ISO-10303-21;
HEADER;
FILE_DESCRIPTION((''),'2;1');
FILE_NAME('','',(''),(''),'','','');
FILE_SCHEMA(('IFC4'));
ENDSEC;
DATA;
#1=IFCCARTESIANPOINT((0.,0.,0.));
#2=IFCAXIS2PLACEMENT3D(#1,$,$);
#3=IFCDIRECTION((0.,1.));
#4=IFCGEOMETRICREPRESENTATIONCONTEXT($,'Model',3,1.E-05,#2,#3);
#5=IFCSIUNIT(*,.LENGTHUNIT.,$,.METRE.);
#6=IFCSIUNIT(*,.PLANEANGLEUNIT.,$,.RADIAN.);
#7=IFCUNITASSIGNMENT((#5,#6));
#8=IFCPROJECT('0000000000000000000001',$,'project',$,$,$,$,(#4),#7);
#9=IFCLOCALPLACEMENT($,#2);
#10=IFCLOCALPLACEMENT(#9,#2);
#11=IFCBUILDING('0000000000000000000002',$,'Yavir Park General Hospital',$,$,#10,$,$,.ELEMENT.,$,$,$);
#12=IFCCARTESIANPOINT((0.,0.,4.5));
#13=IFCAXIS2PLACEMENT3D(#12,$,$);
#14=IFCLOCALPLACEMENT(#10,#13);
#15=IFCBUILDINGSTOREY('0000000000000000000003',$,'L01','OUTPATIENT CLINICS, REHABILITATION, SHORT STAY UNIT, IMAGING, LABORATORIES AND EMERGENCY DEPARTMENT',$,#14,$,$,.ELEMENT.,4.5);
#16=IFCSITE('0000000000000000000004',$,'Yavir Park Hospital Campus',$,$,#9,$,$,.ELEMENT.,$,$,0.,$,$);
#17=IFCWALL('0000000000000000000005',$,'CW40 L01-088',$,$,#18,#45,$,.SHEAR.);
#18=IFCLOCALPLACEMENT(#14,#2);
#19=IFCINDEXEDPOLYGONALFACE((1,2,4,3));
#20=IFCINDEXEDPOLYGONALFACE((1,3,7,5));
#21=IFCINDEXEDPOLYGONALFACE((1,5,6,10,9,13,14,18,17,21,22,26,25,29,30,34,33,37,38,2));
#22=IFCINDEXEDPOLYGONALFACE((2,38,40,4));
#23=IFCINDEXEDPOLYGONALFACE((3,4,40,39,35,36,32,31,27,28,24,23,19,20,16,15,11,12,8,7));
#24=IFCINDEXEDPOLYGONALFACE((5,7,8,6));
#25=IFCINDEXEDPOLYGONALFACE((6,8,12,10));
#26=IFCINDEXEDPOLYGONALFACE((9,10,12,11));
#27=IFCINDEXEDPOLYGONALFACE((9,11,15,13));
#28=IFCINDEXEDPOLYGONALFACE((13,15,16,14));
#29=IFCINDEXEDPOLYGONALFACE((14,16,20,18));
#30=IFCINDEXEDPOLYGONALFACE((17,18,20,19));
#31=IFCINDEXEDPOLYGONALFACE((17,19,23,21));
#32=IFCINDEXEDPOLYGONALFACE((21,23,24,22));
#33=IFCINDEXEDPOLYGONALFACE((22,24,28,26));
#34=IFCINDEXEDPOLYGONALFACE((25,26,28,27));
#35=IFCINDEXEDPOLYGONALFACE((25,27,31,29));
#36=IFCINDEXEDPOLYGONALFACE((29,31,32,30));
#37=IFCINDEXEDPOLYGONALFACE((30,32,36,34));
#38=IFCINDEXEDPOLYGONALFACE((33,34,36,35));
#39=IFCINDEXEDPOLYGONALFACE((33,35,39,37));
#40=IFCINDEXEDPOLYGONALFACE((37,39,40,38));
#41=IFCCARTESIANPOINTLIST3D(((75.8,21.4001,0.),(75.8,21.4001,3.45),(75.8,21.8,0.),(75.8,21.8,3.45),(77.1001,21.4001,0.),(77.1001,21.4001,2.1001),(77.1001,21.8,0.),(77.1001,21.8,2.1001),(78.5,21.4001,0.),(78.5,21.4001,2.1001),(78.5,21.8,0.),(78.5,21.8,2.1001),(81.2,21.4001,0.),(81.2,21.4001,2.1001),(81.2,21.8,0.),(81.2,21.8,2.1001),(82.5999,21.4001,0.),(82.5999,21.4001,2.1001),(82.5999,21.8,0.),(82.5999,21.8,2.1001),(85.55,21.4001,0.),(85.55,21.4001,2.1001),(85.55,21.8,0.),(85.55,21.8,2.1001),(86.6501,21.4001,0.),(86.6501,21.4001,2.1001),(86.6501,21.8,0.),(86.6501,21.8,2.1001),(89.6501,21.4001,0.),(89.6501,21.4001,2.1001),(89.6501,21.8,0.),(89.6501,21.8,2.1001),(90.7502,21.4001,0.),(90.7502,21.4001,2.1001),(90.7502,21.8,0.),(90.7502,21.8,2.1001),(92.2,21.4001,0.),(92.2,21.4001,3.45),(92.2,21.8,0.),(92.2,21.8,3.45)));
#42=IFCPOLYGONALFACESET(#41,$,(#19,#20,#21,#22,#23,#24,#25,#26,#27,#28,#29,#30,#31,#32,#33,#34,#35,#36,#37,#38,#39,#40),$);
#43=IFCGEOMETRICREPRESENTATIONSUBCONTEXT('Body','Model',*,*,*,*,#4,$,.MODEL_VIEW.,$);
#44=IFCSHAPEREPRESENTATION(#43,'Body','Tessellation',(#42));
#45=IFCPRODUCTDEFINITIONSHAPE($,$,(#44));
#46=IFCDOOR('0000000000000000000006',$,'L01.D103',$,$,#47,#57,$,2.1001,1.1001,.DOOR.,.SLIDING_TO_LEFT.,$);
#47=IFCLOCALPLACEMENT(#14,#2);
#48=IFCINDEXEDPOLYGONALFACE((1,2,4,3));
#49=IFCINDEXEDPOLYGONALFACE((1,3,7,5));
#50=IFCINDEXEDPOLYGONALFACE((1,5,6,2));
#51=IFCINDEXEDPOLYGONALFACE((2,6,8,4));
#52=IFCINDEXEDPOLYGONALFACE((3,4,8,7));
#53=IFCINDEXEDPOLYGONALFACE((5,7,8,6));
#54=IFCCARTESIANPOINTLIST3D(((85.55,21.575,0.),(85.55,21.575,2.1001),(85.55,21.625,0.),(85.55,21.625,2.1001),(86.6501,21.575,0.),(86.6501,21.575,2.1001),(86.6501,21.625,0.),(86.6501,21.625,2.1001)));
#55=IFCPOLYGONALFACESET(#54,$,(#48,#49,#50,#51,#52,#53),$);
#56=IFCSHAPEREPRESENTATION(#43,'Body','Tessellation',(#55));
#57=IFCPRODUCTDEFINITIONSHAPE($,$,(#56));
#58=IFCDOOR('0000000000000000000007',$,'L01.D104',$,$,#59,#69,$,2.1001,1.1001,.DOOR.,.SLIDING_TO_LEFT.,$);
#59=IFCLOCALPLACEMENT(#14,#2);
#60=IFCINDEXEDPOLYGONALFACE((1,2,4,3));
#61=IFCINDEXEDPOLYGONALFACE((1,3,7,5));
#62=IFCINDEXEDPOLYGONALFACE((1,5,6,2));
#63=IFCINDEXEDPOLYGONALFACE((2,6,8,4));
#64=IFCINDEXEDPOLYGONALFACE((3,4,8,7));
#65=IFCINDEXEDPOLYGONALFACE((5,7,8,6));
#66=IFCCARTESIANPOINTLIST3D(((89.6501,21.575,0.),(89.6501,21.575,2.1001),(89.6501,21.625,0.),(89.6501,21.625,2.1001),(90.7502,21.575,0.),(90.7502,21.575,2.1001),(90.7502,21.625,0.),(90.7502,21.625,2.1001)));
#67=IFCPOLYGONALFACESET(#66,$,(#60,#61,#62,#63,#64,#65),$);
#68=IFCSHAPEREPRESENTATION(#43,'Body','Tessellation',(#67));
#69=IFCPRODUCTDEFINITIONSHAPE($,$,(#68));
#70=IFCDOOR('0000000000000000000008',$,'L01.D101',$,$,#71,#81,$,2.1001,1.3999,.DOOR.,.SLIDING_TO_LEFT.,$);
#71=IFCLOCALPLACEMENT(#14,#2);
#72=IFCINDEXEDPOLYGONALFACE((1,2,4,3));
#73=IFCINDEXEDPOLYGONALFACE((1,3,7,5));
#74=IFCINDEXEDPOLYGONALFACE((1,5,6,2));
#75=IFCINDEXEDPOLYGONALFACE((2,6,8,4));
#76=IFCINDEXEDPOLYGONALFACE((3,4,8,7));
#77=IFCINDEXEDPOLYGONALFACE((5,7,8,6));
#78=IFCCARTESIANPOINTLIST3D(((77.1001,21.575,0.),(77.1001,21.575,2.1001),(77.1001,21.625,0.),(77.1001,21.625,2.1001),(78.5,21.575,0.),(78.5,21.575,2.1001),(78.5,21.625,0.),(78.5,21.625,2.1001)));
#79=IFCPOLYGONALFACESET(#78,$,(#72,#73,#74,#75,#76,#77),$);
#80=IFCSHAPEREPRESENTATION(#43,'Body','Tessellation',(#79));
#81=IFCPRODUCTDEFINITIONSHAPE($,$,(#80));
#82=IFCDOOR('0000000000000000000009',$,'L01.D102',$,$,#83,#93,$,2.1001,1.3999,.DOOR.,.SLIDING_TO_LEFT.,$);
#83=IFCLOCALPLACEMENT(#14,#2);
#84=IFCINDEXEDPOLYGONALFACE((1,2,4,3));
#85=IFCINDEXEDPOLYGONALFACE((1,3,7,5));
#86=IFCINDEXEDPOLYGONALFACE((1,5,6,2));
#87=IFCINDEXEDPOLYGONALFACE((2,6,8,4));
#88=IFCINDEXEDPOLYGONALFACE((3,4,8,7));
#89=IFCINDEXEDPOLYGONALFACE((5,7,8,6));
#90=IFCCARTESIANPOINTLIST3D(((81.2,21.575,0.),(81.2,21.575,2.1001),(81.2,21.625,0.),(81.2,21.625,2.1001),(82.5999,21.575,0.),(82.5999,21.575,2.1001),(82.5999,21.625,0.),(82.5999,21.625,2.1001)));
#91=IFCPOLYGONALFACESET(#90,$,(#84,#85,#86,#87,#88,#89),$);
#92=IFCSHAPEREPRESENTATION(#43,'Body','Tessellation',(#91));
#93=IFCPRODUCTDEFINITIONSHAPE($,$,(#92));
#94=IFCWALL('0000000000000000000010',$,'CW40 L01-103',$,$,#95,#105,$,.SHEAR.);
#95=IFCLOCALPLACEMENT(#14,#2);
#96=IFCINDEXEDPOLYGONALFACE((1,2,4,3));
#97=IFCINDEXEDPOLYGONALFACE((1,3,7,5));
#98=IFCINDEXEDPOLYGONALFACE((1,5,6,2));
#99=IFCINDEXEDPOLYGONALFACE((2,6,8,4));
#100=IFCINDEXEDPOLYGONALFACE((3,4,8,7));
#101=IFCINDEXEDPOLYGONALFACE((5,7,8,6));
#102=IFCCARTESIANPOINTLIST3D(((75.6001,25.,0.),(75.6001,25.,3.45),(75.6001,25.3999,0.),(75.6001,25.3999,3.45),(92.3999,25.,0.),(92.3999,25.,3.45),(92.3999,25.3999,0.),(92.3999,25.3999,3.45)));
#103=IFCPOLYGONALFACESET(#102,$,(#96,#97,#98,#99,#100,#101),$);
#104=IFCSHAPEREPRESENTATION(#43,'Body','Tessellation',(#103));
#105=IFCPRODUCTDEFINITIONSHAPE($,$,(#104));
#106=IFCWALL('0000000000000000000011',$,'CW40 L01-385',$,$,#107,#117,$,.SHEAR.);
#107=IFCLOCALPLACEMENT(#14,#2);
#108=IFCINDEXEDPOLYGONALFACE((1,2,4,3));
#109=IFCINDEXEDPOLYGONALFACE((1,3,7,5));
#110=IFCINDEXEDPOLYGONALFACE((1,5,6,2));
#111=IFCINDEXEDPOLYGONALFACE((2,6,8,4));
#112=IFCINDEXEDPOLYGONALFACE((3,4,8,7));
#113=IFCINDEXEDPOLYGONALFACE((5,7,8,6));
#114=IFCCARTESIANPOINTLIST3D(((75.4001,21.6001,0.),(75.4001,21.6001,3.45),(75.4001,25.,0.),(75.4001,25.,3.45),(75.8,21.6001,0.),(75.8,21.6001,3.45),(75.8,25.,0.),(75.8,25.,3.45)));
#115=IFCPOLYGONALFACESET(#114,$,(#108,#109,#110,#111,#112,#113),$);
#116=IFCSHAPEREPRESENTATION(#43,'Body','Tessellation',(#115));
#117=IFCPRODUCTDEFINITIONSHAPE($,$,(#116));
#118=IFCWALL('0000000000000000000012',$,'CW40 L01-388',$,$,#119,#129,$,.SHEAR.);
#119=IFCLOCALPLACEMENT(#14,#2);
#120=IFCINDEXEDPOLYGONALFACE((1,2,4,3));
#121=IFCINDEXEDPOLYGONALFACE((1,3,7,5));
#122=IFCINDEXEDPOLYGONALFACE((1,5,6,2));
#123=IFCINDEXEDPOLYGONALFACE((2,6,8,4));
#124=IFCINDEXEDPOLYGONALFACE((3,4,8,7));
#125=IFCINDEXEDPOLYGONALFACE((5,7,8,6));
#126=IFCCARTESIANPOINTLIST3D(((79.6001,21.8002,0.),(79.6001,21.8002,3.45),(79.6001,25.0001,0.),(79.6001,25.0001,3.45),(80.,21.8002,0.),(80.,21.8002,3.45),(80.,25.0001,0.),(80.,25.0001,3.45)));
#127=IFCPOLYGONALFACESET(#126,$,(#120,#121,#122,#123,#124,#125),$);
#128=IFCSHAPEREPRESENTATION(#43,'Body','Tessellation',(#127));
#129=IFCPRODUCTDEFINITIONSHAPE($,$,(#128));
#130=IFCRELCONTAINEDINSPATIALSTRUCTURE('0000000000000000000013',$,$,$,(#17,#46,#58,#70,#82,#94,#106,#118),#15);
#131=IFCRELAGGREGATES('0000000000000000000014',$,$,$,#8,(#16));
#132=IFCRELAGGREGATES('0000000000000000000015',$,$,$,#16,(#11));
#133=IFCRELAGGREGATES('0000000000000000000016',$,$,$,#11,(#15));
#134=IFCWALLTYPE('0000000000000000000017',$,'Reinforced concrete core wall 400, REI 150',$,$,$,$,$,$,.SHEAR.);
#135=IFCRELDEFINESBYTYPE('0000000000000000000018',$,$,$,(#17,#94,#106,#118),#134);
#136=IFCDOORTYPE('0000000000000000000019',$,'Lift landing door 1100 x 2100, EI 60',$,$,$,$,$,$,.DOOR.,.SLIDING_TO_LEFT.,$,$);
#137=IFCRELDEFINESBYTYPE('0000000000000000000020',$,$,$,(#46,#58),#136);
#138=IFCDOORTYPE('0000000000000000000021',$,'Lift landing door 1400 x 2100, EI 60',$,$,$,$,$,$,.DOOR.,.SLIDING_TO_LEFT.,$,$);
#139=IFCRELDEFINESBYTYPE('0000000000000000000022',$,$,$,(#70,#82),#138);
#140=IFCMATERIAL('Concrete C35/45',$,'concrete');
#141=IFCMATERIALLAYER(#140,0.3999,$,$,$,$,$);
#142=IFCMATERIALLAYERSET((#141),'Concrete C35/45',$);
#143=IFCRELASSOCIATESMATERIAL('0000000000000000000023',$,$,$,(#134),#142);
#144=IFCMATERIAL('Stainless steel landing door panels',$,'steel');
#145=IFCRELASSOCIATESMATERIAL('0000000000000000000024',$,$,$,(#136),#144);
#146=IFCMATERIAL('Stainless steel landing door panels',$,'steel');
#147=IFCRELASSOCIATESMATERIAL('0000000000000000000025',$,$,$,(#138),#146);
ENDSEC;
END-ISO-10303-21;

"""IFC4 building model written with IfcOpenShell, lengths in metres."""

from ifc_helpers import new_model, si_unit, direction, frame, frame_2d, origin, place, context, subcontext, project, spatial, rectangle, extrude, material, layer, layer_set, type_object, element, fill, save


model = new_model("IFC4")

# Units and contexts
model_context = context("Model", 3, precision=1e-05, world=origin(), true_north=direction((0.0, 1.0)))
body_context = subcontext(model_context, "Body", "Model", "MODEL_VIEW")
ifc_project = project(units=[si_unit("LENGTHUNIT", "METRE"), si_unit("PLANEANGLEUNIT", "RADIAN")], contexts=[model_context])

# Site, building, storey
site_placement = place(None, origin())
site = spatial("IfcSite", under=ifc_project, at=site_placement, Name="Yavir Park Hospital Campus", CompositionType="ELEMENT", RefElevation=0.0)
building_placement = place(site_placement, origin())
building = spatial("IfcBuilding", under=site, at=building_placement, Name="Yavir Park General Hospital", CompositionType="ELEMENT")
storey_placement = place(building_placement, frame((0.0, 0.0, 4.5)))
storey = spatial("IfcBuildingStorey", under=building, at=storey_placement, Name="L01", Description="OUTPATIENT CLINICS, REHABILITATION, SHORT STAY UNIT, IMAGING, LABORATORIES AND EMERGENCY DEPARTMENT", CompositionType="ELEMENT", Elevation=4.5)

# Wall, openings, doors
ifc_material_1 = material(Name="Concrete C35/45", Category="concrete")
ifc_layer_1 = layer(ifc_material_1, 0.3999)
ifc_layer_set_1 = layer_set([ifc_layer_1], Name="Concrete C35/45")
wall_type_1 = type_object("IfcWallType", Name="Reinforced concrete core wall 400, REI 150", PredefinedType="SHEAR", material=ifc_layer_set_1)
wall_1_placement = place(storey_placement, frame((75.8, 21.6001, 0.0), z_axis=(0.0, 0.0, 1.0), x_axis=(1.0, 0.0, 0.0)))
wall_1 = element("IfcWall", 1, at=wall_1_placement, inside=storey, type_object=wall_type_1, Name="CW40 L01-088", PredefinedType="SHEAR", context=body_context, shape_type="SweptSolid", body=[
    extrude(rectangle(XDim=16.3999, YDim=0.3999, at=frame_2d((8.2, 0.0))), origin(), (0.0, 0.0, 1.0), 3.45),
])
opening_1_placement = place(wall_1_placement, frame((1.3, 0.0, 0.0)))
opening_1 = element("IfcOpeningElement", 2, at=opening_1_placement, cuts=wall_1, PredefinedType="OPENING", context=body_context, shape_type="SweptSolid", body=[
    extrude(rectangle(XDim=1.3999, YDim=2.1001, at=frame_2d((0.7, 1.05))), frame((0.0, 0.21, 0.0), z_axis=(0.0, -1.0, 0.0), x_axis=(1.0, 0.0, 0.0)), (0.0, 0.0, 1.0), 0.4199),
])
opening_2_placement = place(wall_1_placement, frame((5.3999, 0.0, 0.0)))
opening_2 = element("IfcOpeningElement", 3, at=opening_2_placement, cuts=wall_1, PredefinedType="OPENING", context=body_context, shape_type="SweptSolid", body=[
    extrude(rectangle(XDim=1.3999, YDim=2.1001, at=frame_2d((0.7, 1.05))), frame((0.0, 0.21, 0.0), z_axis=(0.0, -1.0, 0.0), x_axis=(1.0, 0.0, 0.0)), (0.0, 0.0, 1.0), 0.4199),
])
opening_3_placement = place(wall_1_placement, frame((9.75, 0.0, 0.0)))
opening_3 = element("IfcOpeningElement", 4, at=opening_3_placement, cuts=wall_1, PredefinedType="OPENING", context=body_context, shape_type="SweptSolid", body=[
    extrude(rectangle(XDim=1.1001, YDim=2.1001, at=frame_2d((0.55, 1.05))), frame((0.0, 0.21, 0.0), z_axis=(0.0, -1.0, 0.0), x_axis=(1.0, 0.0, 0.0)), (0.0, 0.0, 1.0), 0.4199),
])
opening_4_placement = place(wall_1_placement, frame((13.8501, 0.0, 0.0)))
opening_4 = element("IfcOpeningElement", 5, at=opening_4_placement, cuts=wall_1, PredefinedType="OPENING", context=body_context, shape_type="SweptSolid", body=[
    extrude(rectangle(XDim=1.1001, YDim=2.1001, at=frame_2d((0.55, 1.05))), frame((0.0, 0.21, 0.0), z_axis=(0.0, -1.0, 0.0), x_axis=(1.0, 0.0, 0.0)), (0.0, 0.0, 1.0), 0.4199),
])
ifc_material_2 = material(Name="Stainless steel landing door panels", Category="steel")
door_type_1 = type_object("IfcDoorType", Name="Lift landing door 1100 x 2100, EI 60", OperationType="SLIDING_TO_LEFT", PredefinedType="DOOR", material=ifc_material_2)
door_1_placement = place(opening_3_placement, origin())
door_1 = element("IfcDoor", 6, at=door_1_placement, inside=storey, type_object=door_type_1, Name="L01.D103", OperationType="SLIDING_TO_LEFT", OverallHeight=2.1001, OverallWidth=1.1001, PredefinedType="DOOR", context=body_context, shape_type="SweptSolid", body=[
    extrude(rectangle(XDim=1.1001, YDim=2.1001, at=frame_2d((0.55, 1.05))), frame((0.0, 0.0249, 0.0), z_axis=(0.0, -1.0, 0.0), x_axis=(1.0, 0.0, 0.0)), (0.0, 0.0, 1.0), 0.05),
])
fill(opening_3, door_1)
door_2_placement = place(opening_4_placement, origin())
door_2 = element("IfcDoor", 7, at=door_2_placement, inside=storey, type_object=door_type_1, Name="L01.D104", OperationType="SLIDING_TO_LEFT", OverallHeight=2.1001, OverallWidth=1.1001, PredefinedType="DOOR", context=body_context, shape_type="SweptSolid", body=[
    extrude(rectangle(XDim=1.1001, YDim=2.1001, at=frame_2d((0.55, 1.05))), frame((0.0, 0.0249, 0.0), z_axis=(0.0, -1.0, 0.0), x_axis=(1.0, 0.0, 0.0)), (0.0, 0.0, 1.0), 0.05),
])
fill(opening_4, door_2)
ifc_material_3 = material(Name="Stainless steel landing door panels", Category="steel")
door_type_2 = type_object("IfcDoorType", Name="Lift landing door 1400 x 2100, EI 60", OperationType="SLIDING_TO_LEFT", PredefinedType="DOOR", material=ifc_material_3)
door_3_placement = place(opening_1_placement, origin())
door_3 = element("IfcDoor", 8, at=door_3_placement, inside=storey, type_object=door_type_2, Name="L01.D101", OperationType="SLIDING_TO_LEFT", OverallHeight=2.1001, OverallWidth=1.3999, PredefinedType="DOOR", context=body_context, shape_type="SweptSolid", body=[
    extrude(rectangle(XDim=1.3999, YDim=2.1001, at=frame_2d((0.7, 1.05))), frame((0.0, 0.0249, 0.0), z_axis=(0.0, -1.0, 0.0), x_axis=(1.0, 0.0, 0.0)), (0.0, 0.0, 1.0), 0.05),
])
fill(opening_1, door_3)
door_4_placement = place(opening_2_placement, origin())
door_4 = element("IfcDoor", 9, at=door_4_placement, inside=storey, type_object=door_type_2, Name="L01.D102", OperationType="SLIDING_TO_LEFT", OverallHeight=2.1001, OverallWidth=1.3999, PredefinedType="DOOR", context=body_context, shape_type="SweptSolid", body=[
    extrude(rectangle(XDim=1.3999, YDim=2.1001, at=frame_2d((0.7, 1.05))), frame((0.0, 0.0249, 0.0), z_axis=(0.0, -1.0, 0.0), x_axis=(1.0, 0.0, 0.0)), (0.0, 0.0, 1.0), 0.05),
])
fill(opening_2, door_4)

# Walls
wall_2_placement = place(storey_placement, frame((75.6001, 25.2, 0.0), z_axis=(0.0, 0.0, 1.0), x_axis=(1.0, 0.0, 0.0)))
element("IfcWall", 10, at=wall_2_placement, inside=storey, type_object=wall_type_1, Name="CW40 L01-103", PredefinedType="SHEAR", context=body_context, shape_type="SweptSolid", body=[
    extrude(rectangle(XDim=16.7998, YDim=0.3999, at=frame_2d((8.3999, 0.0))), origin(), (0.0, 0.0, 1.0), 3.45),
])
wall_3_placement = place(storey_placement, frame((75.6001, 21.6001, 0.0), z_axis=(0.0, 0.0, 1.0), x_axis=(0.0, 1.0, 0.0)))
element("IfcWall", 11, at=wall_3_placement, inside=storey, type_object=wall_type_1, Name="CW40 L01-385", PredefinedType="SHEAR", context=body_context, shape_type="SweptSolid", body=[
    extrude(rectangle(XDim=3.3999, YDim=0.3999, at=frame_2d((1.7, 0.0))), origin(), (0.0, 0.0, 1.0), 3.45),
])
wall_4_placement = place(storey_placement, frame((79.8, 21.8, 0.0), z_axis=(0.0, 0.0, 1.0), x_axis=(0.0, 1.0, 0.0)))
element("IfcWall", 12, at=wall_4_placement, inside=storey, type_object=wall_type_1, Name="CW40 L01-388", PredefinedType="SHEAR", context=body_context, shape_type="SweptSolid", body=[
    extrude(rectangle(XDim=3.2, YDim=0.3999, at=frame_2d((1.6001, 0.0))), origin(), (0.0, 0.0, 1.0), 3.45),
])

save(model, "model.ifc")
